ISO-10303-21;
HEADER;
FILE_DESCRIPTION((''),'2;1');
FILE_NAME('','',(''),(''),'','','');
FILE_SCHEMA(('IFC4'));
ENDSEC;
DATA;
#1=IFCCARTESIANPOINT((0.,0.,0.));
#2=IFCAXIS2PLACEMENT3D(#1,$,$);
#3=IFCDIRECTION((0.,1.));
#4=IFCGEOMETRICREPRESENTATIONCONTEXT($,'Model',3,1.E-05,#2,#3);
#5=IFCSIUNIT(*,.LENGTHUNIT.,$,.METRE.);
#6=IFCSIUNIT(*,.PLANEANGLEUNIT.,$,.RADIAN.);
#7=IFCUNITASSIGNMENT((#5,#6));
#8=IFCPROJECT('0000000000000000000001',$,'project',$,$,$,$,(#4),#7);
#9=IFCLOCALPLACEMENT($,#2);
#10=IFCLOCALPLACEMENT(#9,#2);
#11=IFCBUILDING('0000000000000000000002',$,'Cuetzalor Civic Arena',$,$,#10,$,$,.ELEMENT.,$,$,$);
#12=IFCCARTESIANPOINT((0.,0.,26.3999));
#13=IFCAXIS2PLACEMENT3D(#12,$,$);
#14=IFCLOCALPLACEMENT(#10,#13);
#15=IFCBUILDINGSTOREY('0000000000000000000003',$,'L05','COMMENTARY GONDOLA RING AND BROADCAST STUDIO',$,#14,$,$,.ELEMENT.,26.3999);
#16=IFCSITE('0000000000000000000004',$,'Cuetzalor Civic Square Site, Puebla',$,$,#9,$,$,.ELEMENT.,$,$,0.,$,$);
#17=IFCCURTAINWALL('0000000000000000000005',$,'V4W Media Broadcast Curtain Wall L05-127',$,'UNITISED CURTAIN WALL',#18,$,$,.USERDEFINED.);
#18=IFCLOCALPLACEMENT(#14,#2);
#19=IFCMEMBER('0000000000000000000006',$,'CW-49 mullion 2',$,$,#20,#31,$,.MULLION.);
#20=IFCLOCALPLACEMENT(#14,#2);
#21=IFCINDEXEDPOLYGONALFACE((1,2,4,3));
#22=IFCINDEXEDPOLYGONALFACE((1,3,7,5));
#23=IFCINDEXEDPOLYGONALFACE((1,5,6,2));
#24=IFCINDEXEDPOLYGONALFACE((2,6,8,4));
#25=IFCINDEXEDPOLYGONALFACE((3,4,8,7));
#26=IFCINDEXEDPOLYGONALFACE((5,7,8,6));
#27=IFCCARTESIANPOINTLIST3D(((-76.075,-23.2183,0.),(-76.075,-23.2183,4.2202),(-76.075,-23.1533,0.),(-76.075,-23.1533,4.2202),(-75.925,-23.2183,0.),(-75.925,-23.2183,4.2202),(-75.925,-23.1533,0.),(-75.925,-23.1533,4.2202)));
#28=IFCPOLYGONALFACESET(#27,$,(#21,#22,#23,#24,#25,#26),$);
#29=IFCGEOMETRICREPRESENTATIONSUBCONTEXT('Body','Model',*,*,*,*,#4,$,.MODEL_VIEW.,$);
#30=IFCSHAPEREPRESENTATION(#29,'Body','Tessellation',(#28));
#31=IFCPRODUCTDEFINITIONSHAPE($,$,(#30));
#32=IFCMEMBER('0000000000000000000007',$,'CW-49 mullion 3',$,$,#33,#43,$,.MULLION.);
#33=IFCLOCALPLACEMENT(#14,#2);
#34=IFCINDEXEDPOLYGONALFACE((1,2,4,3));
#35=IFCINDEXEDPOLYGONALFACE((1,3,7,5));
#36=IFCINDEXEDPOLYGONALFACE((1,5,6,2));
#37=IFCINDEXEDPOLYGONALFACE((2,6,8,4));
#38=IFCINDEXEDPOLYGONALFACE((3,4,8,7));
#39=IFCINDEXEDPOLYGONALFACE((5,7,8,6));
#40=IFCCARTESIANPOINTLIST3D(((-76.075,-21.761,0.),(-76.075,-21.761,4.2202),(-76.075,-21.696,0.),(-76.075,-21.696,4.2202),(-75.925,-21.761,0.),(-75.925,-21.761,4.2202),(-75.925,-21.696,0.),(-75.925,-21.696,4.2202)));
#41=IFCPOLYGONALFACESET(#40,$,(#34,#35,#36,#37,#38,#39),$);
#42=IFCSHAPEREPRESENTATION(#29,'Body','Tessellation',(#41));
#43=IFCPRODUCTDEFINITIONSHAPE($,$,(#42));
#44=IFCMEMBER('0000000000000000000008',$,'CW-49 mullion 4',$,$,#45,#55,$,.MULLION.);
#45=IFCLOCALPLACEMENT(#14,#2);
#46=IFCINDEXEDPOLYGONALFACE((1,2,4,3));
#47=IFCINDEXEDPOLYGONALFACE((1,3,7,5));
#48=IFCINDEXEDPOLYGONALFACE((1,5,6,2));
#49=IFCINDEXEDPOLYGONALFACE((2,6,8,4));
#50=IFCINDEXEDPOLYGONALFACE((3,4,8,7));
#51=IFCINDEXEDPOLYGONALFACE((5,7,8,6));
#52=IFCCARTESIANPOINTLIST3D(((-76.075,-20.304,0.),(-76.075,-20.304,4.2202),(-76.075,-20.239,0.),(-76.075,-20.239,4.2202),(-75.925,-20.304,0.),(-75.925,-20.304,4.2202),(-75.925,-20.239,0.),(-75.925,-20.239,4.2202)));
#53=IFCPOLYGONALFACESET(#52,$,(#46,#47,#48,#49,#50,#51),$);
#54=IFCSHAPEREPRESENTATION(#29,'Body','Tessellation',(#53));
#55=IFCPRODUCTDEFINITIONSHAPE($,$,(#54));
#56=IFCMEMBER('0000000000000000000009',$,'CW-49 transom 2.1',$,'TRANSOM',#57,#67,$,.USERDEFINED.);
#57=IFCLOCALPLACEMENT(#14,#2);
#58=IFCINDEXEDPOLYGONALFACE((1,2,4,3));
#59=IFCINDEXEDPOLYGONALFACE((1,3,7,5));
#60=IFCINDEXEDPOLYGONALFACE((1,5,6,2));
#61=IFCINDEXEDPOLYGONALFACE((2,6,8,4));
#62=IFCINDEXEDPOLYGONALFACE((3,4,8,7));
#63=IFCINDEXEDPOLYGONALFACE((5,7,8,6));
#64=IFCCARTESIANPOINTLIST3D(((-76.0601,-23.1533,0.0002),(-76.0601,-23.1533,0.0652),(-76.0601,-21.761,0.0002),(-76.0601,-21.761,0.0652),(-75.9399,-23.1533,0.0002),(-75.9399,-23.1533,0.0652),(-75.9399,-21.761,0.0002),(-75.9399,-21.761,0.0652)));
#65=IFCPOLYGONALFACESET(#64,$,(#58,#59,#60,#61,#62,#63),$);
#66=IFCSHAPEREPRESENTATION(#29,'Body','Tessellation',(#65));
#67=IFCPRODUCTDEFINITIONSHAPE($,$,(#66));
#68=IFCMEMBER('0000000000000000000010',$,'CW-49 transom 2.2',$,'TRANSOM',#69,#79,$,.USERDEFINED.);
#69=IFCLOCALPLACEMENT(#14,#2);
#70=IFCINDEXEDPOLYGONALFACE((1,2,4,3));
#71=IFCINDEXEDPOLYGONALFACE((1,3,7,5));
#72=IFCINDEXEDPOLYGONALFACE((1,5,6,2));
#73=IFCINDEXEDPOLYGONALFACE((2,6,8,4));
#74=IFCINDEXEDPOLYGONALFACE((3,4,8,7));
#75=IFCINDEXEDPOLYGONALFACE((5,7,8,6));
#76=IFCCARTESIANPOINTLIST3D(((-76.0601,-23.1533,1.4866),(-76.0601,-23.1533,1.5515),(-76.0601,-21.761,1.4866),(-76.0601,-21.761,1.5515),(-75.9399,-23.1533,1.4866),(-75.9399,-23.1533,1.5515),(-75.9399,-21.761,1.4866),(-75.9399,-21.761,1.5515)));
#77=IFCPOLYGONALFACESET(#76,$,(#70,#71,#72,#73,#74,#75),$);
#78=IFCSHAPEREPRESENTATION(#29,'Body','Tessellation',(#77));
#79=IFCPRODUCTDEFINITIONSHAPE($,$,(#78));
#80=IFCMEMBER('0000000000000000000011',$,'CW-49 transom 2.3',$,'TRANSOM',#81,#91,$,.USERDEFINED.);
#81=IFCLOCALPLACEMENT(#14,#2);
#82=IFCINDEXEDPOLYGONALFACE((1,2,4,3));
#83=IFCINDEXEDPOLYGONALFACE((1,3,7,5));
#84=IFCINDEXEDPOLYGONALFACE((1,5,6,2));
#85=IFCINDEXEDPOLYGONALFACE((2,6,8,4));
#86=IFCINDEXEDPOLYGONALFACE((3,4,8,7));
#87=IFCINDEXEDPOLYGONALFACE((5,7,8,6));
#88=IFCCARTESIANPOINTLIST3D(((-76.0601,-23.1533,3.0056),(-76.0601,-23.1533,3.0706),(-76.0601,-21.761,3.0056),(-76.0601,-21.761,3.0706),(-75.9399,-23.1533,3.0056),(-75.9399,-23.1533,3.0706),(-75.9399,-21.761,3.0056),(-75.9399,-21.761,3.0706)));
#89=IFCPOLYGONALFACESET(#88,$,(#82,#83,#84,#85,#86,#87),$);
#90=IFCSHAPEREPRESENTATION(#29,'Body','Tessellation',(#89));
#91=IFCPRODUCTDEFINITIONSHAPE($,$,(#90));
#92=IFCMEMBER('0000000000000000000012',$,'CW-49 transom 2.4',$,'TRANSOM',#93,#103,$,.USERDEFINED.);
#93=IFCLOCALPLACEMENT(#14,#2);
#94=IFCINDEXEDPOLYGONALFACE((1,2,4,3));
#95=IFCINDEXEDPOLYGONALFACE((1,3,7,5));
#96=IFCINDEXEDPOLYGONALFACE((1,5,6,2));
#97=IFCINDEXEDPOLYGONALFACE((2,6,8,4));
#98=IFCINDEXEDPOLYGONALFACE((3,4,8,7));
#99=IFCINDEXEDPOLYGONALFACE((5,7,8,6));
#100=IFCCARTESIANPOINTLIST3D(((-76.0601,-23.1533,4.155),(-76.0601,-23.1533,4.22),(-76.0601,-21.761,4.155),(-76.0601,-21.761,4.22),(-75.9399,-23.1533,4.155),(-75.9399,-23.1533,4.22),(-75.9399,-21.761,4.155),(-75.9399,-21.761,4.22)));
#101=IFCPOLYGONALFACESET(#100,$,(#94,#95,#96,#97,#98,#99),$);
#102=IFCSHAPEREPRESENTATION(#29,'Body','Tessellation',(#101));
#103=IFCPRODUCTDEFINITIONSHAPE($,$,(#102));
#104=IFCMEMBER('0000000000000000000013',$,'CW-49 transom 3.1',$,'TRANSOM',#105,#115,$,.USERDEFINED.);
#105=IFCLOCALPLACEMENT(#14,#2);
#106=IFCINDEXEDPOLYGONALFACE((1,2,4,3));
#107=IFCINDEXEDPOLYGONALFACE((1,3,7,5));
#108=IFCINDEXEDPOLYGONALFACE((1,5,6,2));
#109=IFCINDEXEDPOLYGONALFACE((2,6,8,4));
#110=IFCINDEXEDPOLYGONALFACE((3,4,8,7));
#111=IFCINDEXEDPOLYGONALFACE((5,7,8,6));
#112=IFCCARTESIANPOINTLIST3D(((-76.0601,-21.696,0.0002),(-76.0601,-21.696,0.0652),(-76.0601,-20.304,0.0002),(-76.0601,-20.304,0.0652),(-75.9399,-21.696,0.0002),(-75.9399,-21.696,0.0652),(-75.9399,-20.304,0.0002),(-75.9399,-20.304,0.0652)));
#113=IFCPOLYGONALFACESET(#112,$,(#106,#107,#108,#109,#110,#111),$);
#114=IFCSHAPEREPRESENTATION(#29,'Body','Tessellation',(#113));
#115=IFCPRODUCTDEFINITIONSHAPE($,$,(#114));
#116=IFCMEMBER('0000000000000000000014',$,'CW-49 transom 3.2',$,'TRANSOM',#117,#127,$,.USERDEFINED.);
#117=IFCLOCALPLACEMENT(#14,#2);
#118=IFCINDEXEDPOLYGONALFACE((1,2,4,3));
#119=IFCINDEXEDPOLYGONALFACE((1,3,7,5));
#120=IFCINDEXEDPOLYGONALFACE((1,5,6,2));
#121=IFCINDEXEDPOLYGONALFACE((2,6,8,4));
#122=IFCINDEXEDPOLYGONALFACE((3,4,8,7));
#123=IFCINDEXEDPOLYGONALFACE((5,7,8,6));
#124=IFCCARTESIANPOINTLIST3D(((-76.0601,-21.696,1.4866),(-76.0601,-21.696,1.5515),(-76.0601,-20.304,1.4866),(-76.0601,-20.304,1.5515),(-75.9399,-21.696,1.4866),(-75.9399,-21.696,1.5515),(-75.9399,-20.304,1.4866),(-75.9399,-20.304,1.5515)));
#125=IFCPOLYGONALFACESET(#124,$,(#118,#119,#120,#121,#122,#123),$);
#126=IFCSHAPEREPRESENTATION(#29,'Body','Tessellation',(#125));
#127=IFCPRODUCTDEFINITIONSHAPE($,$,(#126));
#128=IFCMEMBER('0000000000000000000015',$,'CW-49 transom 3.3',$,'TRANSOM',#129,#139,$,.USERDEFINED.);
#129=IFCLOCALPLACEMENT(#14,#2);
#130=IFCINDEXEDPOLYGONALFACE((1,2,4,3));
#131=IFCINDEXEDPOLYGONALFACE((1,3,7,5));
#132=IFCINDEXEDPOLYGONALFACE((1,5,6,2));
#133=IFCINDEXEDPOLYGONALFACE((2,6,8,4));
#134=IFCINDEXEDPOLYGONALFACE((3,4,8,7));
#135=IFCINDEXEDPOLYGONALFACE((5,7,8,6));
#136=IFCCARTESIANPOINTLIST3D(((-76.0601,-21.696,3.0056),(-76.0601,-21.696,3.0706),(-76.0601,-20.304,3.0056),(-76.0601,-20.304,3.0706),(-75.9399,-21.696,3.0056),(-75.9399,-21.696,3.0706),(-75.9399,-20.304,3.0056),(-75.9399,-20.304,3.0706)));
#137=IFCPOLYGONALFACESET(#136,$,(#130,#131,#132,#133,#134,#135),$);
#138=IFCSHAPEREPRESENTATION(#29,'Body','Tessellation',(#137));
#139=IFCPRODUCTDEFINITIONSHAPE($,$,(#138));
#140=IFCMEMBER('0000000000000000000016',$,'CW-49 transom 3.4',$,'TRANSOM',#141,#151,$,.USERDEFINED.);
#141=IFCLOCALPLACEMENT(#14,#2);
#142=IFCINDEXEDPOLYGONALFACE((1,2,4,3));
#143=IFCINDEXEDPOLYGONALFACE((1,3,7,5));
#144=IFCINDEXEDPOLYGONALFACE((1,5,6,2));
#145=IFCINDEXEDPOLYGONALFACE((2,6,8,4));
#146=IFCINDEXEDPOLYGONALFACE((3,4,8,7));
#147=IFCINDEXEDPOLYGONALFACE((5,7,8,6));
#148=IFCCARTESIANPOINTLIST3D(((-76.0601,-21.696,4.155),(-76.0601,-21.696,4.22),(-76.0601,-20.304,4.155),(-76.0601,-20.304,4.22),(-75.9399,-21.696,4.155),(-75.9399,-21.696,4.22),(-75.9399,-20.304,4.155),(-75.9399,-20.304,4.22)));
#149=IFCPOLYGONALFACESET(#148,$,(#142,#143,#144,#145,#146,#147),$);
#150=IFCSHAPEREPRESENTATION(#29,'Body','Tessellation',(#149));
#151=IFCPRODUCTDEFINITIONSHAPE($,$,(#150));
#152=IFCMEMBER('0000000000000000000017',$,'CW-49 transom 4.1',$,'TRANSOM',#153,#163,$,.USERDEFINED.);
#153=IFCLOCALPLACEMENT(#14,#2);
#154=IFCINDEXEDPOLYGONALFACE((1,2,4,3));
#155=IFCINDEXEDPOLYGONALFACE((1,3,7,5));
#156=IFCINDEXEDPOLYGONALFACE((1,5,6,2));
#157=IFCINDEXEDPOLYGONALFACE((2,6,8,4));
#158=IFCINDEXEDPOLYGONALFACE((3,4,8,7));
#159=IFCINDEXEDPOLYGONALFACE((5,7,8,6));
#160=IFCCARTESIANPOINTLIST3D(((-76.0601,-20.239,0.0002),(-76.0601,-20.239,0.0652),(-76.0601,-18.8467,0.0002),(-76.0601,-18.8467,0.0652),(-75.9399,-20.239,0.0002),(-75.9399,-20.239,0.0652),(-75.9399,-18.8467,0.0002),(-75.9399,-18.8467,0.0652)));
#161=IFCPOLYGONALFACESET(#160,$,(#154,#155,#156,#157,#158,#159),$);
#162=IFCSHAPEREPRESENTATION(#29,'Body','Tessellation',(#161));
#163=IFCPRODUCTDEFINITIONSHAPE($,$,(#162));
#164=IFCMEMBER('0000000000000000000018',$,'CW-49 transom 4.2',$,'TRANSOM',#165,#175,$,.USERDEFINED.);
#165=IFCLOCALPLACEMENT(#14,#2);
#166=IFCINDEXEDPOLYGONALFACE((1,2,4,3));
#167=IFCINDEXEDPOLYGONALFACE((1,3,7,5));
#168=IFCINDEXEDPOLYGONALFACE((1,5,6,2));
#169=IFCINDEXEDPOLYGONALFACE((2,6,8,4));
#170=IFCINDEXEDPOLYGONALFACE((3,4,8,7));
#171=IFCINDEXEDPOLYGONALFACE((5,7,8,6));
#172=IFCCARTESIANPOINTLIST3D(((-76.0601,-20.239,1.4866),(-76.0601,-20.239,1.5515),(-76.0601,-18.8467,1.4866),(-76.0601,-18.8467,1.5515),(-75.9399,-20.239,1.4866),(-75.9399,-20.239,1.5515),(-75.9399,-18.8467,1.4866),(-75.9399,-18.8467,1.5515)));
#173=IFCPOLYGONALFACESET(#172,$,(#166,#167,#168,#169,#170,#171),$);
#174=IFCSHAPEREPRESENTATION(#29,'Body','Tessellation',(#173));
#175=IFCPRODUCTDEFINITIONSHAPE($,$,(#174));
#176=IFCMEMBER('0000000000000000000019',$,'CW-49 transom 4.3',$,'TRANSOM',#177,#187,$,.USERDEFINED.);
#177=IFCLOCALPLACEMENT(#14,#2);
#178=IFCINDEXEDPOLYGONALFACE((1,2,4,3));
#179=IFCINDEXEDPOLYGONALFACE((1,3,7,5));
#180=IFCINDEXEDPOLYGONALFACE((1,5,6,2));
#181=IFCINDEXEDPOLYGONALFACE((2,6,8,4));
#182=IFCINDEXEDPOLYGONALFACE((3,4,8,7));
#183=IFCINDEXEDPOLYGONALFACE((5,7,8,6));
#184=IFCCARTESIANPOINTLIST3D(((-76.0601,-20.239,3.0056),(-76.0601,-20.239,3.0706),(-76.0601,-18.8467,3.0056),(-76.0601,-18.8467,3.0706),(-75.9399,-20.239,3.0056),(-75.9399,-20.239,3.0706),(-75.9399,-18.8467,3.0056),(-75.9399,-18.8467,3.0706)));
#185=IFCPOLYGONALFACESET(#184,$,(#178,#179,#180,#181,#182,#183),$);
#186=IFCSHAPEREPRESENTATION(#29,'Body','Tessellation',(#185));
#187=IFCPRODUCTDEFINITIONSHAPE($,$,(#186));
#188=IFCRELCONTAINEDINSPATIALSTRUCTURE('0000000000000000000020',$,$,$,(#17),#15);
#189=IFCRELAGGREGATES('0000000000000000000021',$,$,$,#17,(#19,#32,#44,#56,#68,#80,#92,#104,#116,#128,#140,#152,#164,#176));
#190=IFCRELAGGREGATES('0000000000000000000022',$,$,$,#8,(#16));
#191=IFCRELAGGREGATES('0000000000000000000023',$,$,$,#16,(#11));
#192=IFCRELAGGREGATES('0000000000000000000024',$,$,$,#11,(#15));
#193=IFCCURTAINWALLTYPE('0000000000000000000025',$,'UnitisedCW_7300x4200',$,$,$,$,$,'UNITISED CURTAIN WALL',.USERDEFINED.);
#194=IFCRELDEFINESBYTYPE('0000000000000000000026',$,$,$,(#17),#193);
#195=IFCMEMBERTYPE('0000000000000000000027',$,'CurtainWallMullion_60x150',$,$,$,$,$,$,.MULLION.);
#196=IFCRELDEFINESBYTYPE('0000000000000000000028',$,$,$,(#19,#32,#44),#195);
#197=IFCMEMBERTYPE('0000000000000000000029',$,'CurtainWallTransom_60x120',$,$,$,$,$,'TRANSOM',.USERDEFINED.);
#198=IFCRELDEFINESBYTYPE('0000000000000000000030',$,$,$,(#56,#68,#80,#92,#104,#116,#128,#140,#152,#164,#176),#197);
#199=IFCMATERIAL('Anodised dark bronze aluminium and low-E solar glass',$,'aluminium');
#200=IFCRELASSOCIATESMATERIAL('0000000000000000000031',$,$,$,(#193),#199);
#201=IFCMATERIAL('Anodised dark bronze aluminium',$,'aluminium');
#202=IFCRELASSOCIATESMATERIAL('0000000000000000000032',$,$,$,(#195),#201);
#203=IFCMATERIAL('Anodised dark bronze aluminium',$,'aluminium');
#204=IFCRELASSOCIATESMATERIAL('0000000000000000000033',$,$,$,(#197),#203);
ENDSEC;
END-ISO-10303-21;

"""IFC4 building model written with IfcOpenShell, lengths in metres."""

from ifc_helpers import new_model, si_unit, direction, frame, origin, origin_2d, place, context, subcontext, project, spatial, rectangle, extrude, material, material_profile, profile_set, type_object, element, aggregate, save


model = new_model("IFC4")

# Units and contexts
model_context = context("Model", 3, precision=1e-05, world=origin(), true_north=direction((0.0, 1.0)))
body_context = subcontext(model_context, "Body", "Model", "MODEL_VIEW")
ifc_project = project(units=[si_unit("LENGTHUNIT", "METRE"), si_unit("PLANEANGLEUNIT", "RADIAN")], contexts=[model_context])

# Site, building, storey
site_placement = place(None, origin())
site = spatial("IfcSite", under=ifc_project, at=site_placement, Name="Cuetzalor Civic Square Site, Puebla", CompositionType="ELEMENT", RefElevation=0.0)
building_placement = place(site_placement, origin())
building = spatial("IfcBuilding", under=site, at=building_placement, Name="Cuetzalor Civic Arena", CompositionType="ELEMENT")
storey_placement = place(building_placement, frame((0.0, 0.0, 26.3999)))
storey = spatial("IfcBuildingStorey", under=building, at=storey_placement, Name="L05", Description="COMMENTARY GONDOLA RING AND BROADCAST STUDIO", CompositionType="ELEMENT", Elevation=26.3999)

# Curtain wall, members
ifc_material_1 = material(Name="Anodised dark bronze aluminium and low-E solar glass", Category="aluminium")
curtain_wall_type = type_object("IfcCurtainWallType", Name="UnitisedCW_7300x4200", ElementType="UNITISED CURTAIN WALL", PredefinedType="USERDEFINED", material=ifc_material_1)
curtain_wall_placement = place(storey_placement, origin())
curtain_wall = element("IfcCurtainWall", 1, at=curtain_wall_placement, inside=storey, type_object=curtain_wall_type, Name="V4W Media Broadcast Curtain Wall L05-127", ObjectType="UNITISED CURTAIN WALL", PredefinedType="USERDEFINED")
ifc_material_2 = material(Name="Anodised dark bronze aluminium", Category="aluminium")
ifc_material_profile_1 = material_profile(ifc_material_2, rectangle(XDim=0.0649, YDim=0.1499, at=origin_2d()), Name="ALU MULLION 65x150")
ifc_profile_set_1 = profile_set([ifc_material_profile_1], Name="Anodised dark bronze aluminium")
member_type_1 = type_object("IfcMemberType", Name="CurtainWallMullion_60x150", PredefinedType="MULLION", material=ifc_profile_set_1)
member_1_placement = place(storey_placement, frame((-76.0, -23.1858, 0.0), z_axis=(0.0, 0.0, 1.0), x_axis=(0.0, 1.0, 0.0)))
member_1 = element("IfcMember", 2, at=member_1_placement, type_object=member_type_1, Name="CW-49 mullion 2", PredefinedType="MULLION", context=body_context, shape_type="SweptSolid", body=[
    extrude(rectangle(XDim=0.0649, YDim=0.1499, at=origin_2d()), origin(), (0.0, 0.0, 1.0), 4.2202),
])
member_2_placement = place(storey_placement, frame((-76.0, -21.7285, 0.0), z_axis=(0.0, 0.0, 1.0), x_axis=(0.0, 1.0, 0.0)))
member_2 = element("IfcMember", 3, at=member_2_placement, type_object=member_type_1, Name="CW-49 mullion 3", PredefinedType="MULLION", context=body_context, shape_type="SweptSolid", body=[
    extrude(rectangle(XDim=0.0649, YDim=0.1499, at=origin_2d()), origin(), (0.0, 0.0, 1.0), 4.2202),
])
member_3_placement = place(storey_placement, frame((-76.0, -20.2715, 0.0), z_axis=(0.0, 0.0, 1.0), x_axis=(0.0, 1.0, 0.0)))
member_3 = element("IfcMember", 4, at=member_3_placement, type_object=member_type_1, Name="CW-49 mullion 4", PredefinedType="MULLION", context=body_context, shape_type="SweptSolid", body=[
    extrude(rectangle(XDim=0.0649, YDim=0.1499, at=origin_2d()), origin(), (0.0, 0.0, 1.0), 4.2202),
])
ifc_material_3 = material(Name="Anodised dark bronze aluminium", Category="aluminium")
ifc_material_profile_2 = material_profile(ifc_material_3, rectangle(XDim=0.1201, YDim=0.0649, at=origin_2d()), Name="ALU TRANSOM 65x120")
ifc_profile_set_2 = profile_set([ifc_material_profile_2], Name="Anodised dark bronze aluminium")
member_type_2 = type_object("IfcMemberType", Name="CurtainWallTransom_60x120", ElementType="TRANSOM", PredefinedType="USERDEFINED", material=ifc_profile_set_2)
member_4_placement = place(storey_placement, frame((-76.0, -23.1533, 0.0327), z_axis=(0.0, 1.0, 0.0), x_axis=(-1.0, 0.0, 0.0)))
member_4 = element("IfcMember", 5, at=member_4_placement, type_object=member_type_2, Name="CW-49 transom 2.1", ObjectType="TRANSOM", PredefinedType="USERDEFINED", context=body_context, shape_type="SweptSolid", body=[
    extrude(rectangle(XDim=0.1201, YDim=0.0649, at=origin_2d()), origin(), (0.0, 0.0, 1.0), 1.3923),
])
member_5_placement = place(storey_placement, frame((-76.0, -23.1533, 1.519), z_axis=(0.0, 1.0, 0.0), x_axis=(-1.0, 0.0, 0.0)))
member_5 = element("IfcMember", 6, at=member_5_placement, type_object=member_type_2, Name="CW-49 transom 2.2", ObjectType="TRANSOM", PredefinedType="USERDEFINED", context=body_context, shape_type="SweptSolid", body=[
    extrude(rectangle(XDim=0.1201, YDim=0.0649, at=origin_2d()), origin(), (0.0, 0.0, 1.0), 1.3923),
])
member_6_placement = place(storey_placement, frame((-76.0, -23.1533, 3.0381), z_axis=(0.0, 1.0, 0.0), x_axis=(-1.0, 0.0, 0.0)))
member_6 = element("IfcMember", 7, at=member_6_placement, type_object=member_type_2, Name="CW-49 transom 2.3", ObjectType="TRANSOM", PredefinedType="USERDEFINED", context=body_context, shape_type="SweptSolid", body=[
    extrude(rectangle(XDim=0.1201, YDim=0.0649, at=origin_2d()), origin(), (0.0, 0.0, 1.0), 1.3923),
])
member_7_placement = place(storey_placement, frame((-76.0, -23.1533, 4.1875), z_axis=(0.0, 1.0, 0.0), x_axis=(-1.0, 0.0, 0.0)))
member_7 = element("IfcMember", 8, at=member_7_placement, type_object=member_type_2, Name="CW-49 transom 2.4", ObjectType="TRANSOM", PredefinedType="USERDEFINED", context=body_context, shape_type="SweptSolid", body=[
    extrude(rectangle(XDim=0.1201, YDim=0.0649, at=origin_2d()), origin(), (0.0, 0.0, 1.0), 1.3923),
])
member_8_placement = place(storey_placement, frame((-76.0, -21.696, 0.0327), z_axis=(0.0, 1.0, 0.0), x_axis=(-1.0, 0.0, 0.0)))
member_8 = element("IfcMember", 9, at=member_8_placement, type_object=member_type_2, Name="CW-49 transom 3.1", ObjectType="TRANSOM", PredefinedType="USERDEFINED", context=body_context, shape_type="SweptSolid", body=[
    extrude(rectangle(XDim=0.1201, YDim=0.0649, at=origin_2d()), origin(), (0.0, 0.0, 1.0), 1.3921),
])
member_9_placement = place(storey_placement, frame((-76.0, -21.696, 1.519), z_axis=(0.0, 1.0, 0.0), x_axis=(-1.0, 0.0, 0.0)))
member_9 = element("IfcMember", 10, at=member_9_placement, type_object=member_type_2, Name="CW-49 transom 3.2", ObjectType="TRANSOM", PredefinedType="USERDEFINED", context=body_context, shape_type="SweptSolid", body=[
    extrude(rectangle(XDim=0.1201, YDim=0.0649, at=origin_2d()), origin(), (0.0, 0.0, 1.0), 1.3921),
])
member_10_placement = place(storey_placement, frame((-76.0, -21.696, 3.0381), z_axis=(0.0, 1.0, 0.0), x_axis=(-1.0, 0.0, 0.0)))
member_10 = element("IfcMember", 11, at=member_10_placement, type_object=member_type_2, Name="CW-49 transom 3.3", ObjectType="TRANSOM", PredefinedType="USERDEFINED", context=body_context, shape_type="SweptSolid", body=[
    extrude(rectangle(XDim=0.1201, YDim=0.0649, at=origin_2d()), origin(), (0.0, 0.0, 1.0), 1.3921),
])
member_11_placement = place(storey_placement, frame((-76.0, -21.696, 4.1875), z_axis=(0.0, 1.0, 0.0), x_axis=(-1.0, 0.0, 0.0)))
member_11 = element("IfcMember", 12, at=member_11_placement, type_object=member_type_2, Name="CW-49 transom 3.4", ObjectType="TRANSOM", PredefinedType="USERDEFINED", context=body_context, shape_type="SweptSolid", body=[
    extrude(rectangle(XDim=0.1201, YDim=0.0649, at=origin_2d()), origin(), (0.0, 0.0, 1.0), 1.3921),
])
member_12_placement = place(storey_placement, frame((-76.0, -20.239, 0.0327), z_axis=(0.0, 1.0, 0.0), x_axis=(-1.0, 0.0, 0.0)))
member_12 = element("IfcMember", 13, at=member_12_placement, type_object=member_type_2, Name="CW-49 transom 4.1", ObjectType="TRANSOM", PredefinedType="USERDEFINED", context=body_context, shape_type="SweptSolid", body=[
    extrude(rectangle(XDim=0.1201, YDim=0.0649, at=origin_2d()), origin(), (0.0, 0.0, 1.0), 1.3923),
])
member_13_placement = place(storey_placement, frame((-76.0, -20.239, 1.519), z_axis=(0.0, 1.0, 0.0), x_axis=(-1.0, 0.0, 0.0)))
member_13 = element("IfcMember", 14, at=member_13_placement, type_object=member_type_2, Name="CW-49 transom 4.2", ObjectType="TRANSOM", PredefinedType="USERDEFINED", context=body_context, shape_type="SweptSolid", body=[
    extrude(rectangle(XDim=0.1201, YDim=0.0649, at=origin_2d()), origin(), (0.0, 0.0, 1.0), 1.3923),
])
member_14_placement = place(storey_placement, frame((-76.0, -20.239, 3.0381), z_axis=(0.0, 1.0, 0.0), x_axis=(-1.0, 0.0, 0.0)))
member_14 = element("IfcMember", 15, at=member_14_placement, type_object=member_type_2, Name="CW-49 transom 4.3", ObjectType="TRANSOM", PredefinedType="USERDEFINED", context=body_context, shape_type="SweptSolid", body=[
    extrude(rectangle(XDim=0.1201, YDim=0.0649, at=origin_2d()), origin(), (0.0, 0.0, 1.0), 1.3923),
])

aggregate(curtain_wall, [member_1, member_2, member_3, member_4, member_5, member_6, member_7, member_8, member_9, member_10, member_11, member_12, member_13, member_14])

save(model, "model.ifc")
